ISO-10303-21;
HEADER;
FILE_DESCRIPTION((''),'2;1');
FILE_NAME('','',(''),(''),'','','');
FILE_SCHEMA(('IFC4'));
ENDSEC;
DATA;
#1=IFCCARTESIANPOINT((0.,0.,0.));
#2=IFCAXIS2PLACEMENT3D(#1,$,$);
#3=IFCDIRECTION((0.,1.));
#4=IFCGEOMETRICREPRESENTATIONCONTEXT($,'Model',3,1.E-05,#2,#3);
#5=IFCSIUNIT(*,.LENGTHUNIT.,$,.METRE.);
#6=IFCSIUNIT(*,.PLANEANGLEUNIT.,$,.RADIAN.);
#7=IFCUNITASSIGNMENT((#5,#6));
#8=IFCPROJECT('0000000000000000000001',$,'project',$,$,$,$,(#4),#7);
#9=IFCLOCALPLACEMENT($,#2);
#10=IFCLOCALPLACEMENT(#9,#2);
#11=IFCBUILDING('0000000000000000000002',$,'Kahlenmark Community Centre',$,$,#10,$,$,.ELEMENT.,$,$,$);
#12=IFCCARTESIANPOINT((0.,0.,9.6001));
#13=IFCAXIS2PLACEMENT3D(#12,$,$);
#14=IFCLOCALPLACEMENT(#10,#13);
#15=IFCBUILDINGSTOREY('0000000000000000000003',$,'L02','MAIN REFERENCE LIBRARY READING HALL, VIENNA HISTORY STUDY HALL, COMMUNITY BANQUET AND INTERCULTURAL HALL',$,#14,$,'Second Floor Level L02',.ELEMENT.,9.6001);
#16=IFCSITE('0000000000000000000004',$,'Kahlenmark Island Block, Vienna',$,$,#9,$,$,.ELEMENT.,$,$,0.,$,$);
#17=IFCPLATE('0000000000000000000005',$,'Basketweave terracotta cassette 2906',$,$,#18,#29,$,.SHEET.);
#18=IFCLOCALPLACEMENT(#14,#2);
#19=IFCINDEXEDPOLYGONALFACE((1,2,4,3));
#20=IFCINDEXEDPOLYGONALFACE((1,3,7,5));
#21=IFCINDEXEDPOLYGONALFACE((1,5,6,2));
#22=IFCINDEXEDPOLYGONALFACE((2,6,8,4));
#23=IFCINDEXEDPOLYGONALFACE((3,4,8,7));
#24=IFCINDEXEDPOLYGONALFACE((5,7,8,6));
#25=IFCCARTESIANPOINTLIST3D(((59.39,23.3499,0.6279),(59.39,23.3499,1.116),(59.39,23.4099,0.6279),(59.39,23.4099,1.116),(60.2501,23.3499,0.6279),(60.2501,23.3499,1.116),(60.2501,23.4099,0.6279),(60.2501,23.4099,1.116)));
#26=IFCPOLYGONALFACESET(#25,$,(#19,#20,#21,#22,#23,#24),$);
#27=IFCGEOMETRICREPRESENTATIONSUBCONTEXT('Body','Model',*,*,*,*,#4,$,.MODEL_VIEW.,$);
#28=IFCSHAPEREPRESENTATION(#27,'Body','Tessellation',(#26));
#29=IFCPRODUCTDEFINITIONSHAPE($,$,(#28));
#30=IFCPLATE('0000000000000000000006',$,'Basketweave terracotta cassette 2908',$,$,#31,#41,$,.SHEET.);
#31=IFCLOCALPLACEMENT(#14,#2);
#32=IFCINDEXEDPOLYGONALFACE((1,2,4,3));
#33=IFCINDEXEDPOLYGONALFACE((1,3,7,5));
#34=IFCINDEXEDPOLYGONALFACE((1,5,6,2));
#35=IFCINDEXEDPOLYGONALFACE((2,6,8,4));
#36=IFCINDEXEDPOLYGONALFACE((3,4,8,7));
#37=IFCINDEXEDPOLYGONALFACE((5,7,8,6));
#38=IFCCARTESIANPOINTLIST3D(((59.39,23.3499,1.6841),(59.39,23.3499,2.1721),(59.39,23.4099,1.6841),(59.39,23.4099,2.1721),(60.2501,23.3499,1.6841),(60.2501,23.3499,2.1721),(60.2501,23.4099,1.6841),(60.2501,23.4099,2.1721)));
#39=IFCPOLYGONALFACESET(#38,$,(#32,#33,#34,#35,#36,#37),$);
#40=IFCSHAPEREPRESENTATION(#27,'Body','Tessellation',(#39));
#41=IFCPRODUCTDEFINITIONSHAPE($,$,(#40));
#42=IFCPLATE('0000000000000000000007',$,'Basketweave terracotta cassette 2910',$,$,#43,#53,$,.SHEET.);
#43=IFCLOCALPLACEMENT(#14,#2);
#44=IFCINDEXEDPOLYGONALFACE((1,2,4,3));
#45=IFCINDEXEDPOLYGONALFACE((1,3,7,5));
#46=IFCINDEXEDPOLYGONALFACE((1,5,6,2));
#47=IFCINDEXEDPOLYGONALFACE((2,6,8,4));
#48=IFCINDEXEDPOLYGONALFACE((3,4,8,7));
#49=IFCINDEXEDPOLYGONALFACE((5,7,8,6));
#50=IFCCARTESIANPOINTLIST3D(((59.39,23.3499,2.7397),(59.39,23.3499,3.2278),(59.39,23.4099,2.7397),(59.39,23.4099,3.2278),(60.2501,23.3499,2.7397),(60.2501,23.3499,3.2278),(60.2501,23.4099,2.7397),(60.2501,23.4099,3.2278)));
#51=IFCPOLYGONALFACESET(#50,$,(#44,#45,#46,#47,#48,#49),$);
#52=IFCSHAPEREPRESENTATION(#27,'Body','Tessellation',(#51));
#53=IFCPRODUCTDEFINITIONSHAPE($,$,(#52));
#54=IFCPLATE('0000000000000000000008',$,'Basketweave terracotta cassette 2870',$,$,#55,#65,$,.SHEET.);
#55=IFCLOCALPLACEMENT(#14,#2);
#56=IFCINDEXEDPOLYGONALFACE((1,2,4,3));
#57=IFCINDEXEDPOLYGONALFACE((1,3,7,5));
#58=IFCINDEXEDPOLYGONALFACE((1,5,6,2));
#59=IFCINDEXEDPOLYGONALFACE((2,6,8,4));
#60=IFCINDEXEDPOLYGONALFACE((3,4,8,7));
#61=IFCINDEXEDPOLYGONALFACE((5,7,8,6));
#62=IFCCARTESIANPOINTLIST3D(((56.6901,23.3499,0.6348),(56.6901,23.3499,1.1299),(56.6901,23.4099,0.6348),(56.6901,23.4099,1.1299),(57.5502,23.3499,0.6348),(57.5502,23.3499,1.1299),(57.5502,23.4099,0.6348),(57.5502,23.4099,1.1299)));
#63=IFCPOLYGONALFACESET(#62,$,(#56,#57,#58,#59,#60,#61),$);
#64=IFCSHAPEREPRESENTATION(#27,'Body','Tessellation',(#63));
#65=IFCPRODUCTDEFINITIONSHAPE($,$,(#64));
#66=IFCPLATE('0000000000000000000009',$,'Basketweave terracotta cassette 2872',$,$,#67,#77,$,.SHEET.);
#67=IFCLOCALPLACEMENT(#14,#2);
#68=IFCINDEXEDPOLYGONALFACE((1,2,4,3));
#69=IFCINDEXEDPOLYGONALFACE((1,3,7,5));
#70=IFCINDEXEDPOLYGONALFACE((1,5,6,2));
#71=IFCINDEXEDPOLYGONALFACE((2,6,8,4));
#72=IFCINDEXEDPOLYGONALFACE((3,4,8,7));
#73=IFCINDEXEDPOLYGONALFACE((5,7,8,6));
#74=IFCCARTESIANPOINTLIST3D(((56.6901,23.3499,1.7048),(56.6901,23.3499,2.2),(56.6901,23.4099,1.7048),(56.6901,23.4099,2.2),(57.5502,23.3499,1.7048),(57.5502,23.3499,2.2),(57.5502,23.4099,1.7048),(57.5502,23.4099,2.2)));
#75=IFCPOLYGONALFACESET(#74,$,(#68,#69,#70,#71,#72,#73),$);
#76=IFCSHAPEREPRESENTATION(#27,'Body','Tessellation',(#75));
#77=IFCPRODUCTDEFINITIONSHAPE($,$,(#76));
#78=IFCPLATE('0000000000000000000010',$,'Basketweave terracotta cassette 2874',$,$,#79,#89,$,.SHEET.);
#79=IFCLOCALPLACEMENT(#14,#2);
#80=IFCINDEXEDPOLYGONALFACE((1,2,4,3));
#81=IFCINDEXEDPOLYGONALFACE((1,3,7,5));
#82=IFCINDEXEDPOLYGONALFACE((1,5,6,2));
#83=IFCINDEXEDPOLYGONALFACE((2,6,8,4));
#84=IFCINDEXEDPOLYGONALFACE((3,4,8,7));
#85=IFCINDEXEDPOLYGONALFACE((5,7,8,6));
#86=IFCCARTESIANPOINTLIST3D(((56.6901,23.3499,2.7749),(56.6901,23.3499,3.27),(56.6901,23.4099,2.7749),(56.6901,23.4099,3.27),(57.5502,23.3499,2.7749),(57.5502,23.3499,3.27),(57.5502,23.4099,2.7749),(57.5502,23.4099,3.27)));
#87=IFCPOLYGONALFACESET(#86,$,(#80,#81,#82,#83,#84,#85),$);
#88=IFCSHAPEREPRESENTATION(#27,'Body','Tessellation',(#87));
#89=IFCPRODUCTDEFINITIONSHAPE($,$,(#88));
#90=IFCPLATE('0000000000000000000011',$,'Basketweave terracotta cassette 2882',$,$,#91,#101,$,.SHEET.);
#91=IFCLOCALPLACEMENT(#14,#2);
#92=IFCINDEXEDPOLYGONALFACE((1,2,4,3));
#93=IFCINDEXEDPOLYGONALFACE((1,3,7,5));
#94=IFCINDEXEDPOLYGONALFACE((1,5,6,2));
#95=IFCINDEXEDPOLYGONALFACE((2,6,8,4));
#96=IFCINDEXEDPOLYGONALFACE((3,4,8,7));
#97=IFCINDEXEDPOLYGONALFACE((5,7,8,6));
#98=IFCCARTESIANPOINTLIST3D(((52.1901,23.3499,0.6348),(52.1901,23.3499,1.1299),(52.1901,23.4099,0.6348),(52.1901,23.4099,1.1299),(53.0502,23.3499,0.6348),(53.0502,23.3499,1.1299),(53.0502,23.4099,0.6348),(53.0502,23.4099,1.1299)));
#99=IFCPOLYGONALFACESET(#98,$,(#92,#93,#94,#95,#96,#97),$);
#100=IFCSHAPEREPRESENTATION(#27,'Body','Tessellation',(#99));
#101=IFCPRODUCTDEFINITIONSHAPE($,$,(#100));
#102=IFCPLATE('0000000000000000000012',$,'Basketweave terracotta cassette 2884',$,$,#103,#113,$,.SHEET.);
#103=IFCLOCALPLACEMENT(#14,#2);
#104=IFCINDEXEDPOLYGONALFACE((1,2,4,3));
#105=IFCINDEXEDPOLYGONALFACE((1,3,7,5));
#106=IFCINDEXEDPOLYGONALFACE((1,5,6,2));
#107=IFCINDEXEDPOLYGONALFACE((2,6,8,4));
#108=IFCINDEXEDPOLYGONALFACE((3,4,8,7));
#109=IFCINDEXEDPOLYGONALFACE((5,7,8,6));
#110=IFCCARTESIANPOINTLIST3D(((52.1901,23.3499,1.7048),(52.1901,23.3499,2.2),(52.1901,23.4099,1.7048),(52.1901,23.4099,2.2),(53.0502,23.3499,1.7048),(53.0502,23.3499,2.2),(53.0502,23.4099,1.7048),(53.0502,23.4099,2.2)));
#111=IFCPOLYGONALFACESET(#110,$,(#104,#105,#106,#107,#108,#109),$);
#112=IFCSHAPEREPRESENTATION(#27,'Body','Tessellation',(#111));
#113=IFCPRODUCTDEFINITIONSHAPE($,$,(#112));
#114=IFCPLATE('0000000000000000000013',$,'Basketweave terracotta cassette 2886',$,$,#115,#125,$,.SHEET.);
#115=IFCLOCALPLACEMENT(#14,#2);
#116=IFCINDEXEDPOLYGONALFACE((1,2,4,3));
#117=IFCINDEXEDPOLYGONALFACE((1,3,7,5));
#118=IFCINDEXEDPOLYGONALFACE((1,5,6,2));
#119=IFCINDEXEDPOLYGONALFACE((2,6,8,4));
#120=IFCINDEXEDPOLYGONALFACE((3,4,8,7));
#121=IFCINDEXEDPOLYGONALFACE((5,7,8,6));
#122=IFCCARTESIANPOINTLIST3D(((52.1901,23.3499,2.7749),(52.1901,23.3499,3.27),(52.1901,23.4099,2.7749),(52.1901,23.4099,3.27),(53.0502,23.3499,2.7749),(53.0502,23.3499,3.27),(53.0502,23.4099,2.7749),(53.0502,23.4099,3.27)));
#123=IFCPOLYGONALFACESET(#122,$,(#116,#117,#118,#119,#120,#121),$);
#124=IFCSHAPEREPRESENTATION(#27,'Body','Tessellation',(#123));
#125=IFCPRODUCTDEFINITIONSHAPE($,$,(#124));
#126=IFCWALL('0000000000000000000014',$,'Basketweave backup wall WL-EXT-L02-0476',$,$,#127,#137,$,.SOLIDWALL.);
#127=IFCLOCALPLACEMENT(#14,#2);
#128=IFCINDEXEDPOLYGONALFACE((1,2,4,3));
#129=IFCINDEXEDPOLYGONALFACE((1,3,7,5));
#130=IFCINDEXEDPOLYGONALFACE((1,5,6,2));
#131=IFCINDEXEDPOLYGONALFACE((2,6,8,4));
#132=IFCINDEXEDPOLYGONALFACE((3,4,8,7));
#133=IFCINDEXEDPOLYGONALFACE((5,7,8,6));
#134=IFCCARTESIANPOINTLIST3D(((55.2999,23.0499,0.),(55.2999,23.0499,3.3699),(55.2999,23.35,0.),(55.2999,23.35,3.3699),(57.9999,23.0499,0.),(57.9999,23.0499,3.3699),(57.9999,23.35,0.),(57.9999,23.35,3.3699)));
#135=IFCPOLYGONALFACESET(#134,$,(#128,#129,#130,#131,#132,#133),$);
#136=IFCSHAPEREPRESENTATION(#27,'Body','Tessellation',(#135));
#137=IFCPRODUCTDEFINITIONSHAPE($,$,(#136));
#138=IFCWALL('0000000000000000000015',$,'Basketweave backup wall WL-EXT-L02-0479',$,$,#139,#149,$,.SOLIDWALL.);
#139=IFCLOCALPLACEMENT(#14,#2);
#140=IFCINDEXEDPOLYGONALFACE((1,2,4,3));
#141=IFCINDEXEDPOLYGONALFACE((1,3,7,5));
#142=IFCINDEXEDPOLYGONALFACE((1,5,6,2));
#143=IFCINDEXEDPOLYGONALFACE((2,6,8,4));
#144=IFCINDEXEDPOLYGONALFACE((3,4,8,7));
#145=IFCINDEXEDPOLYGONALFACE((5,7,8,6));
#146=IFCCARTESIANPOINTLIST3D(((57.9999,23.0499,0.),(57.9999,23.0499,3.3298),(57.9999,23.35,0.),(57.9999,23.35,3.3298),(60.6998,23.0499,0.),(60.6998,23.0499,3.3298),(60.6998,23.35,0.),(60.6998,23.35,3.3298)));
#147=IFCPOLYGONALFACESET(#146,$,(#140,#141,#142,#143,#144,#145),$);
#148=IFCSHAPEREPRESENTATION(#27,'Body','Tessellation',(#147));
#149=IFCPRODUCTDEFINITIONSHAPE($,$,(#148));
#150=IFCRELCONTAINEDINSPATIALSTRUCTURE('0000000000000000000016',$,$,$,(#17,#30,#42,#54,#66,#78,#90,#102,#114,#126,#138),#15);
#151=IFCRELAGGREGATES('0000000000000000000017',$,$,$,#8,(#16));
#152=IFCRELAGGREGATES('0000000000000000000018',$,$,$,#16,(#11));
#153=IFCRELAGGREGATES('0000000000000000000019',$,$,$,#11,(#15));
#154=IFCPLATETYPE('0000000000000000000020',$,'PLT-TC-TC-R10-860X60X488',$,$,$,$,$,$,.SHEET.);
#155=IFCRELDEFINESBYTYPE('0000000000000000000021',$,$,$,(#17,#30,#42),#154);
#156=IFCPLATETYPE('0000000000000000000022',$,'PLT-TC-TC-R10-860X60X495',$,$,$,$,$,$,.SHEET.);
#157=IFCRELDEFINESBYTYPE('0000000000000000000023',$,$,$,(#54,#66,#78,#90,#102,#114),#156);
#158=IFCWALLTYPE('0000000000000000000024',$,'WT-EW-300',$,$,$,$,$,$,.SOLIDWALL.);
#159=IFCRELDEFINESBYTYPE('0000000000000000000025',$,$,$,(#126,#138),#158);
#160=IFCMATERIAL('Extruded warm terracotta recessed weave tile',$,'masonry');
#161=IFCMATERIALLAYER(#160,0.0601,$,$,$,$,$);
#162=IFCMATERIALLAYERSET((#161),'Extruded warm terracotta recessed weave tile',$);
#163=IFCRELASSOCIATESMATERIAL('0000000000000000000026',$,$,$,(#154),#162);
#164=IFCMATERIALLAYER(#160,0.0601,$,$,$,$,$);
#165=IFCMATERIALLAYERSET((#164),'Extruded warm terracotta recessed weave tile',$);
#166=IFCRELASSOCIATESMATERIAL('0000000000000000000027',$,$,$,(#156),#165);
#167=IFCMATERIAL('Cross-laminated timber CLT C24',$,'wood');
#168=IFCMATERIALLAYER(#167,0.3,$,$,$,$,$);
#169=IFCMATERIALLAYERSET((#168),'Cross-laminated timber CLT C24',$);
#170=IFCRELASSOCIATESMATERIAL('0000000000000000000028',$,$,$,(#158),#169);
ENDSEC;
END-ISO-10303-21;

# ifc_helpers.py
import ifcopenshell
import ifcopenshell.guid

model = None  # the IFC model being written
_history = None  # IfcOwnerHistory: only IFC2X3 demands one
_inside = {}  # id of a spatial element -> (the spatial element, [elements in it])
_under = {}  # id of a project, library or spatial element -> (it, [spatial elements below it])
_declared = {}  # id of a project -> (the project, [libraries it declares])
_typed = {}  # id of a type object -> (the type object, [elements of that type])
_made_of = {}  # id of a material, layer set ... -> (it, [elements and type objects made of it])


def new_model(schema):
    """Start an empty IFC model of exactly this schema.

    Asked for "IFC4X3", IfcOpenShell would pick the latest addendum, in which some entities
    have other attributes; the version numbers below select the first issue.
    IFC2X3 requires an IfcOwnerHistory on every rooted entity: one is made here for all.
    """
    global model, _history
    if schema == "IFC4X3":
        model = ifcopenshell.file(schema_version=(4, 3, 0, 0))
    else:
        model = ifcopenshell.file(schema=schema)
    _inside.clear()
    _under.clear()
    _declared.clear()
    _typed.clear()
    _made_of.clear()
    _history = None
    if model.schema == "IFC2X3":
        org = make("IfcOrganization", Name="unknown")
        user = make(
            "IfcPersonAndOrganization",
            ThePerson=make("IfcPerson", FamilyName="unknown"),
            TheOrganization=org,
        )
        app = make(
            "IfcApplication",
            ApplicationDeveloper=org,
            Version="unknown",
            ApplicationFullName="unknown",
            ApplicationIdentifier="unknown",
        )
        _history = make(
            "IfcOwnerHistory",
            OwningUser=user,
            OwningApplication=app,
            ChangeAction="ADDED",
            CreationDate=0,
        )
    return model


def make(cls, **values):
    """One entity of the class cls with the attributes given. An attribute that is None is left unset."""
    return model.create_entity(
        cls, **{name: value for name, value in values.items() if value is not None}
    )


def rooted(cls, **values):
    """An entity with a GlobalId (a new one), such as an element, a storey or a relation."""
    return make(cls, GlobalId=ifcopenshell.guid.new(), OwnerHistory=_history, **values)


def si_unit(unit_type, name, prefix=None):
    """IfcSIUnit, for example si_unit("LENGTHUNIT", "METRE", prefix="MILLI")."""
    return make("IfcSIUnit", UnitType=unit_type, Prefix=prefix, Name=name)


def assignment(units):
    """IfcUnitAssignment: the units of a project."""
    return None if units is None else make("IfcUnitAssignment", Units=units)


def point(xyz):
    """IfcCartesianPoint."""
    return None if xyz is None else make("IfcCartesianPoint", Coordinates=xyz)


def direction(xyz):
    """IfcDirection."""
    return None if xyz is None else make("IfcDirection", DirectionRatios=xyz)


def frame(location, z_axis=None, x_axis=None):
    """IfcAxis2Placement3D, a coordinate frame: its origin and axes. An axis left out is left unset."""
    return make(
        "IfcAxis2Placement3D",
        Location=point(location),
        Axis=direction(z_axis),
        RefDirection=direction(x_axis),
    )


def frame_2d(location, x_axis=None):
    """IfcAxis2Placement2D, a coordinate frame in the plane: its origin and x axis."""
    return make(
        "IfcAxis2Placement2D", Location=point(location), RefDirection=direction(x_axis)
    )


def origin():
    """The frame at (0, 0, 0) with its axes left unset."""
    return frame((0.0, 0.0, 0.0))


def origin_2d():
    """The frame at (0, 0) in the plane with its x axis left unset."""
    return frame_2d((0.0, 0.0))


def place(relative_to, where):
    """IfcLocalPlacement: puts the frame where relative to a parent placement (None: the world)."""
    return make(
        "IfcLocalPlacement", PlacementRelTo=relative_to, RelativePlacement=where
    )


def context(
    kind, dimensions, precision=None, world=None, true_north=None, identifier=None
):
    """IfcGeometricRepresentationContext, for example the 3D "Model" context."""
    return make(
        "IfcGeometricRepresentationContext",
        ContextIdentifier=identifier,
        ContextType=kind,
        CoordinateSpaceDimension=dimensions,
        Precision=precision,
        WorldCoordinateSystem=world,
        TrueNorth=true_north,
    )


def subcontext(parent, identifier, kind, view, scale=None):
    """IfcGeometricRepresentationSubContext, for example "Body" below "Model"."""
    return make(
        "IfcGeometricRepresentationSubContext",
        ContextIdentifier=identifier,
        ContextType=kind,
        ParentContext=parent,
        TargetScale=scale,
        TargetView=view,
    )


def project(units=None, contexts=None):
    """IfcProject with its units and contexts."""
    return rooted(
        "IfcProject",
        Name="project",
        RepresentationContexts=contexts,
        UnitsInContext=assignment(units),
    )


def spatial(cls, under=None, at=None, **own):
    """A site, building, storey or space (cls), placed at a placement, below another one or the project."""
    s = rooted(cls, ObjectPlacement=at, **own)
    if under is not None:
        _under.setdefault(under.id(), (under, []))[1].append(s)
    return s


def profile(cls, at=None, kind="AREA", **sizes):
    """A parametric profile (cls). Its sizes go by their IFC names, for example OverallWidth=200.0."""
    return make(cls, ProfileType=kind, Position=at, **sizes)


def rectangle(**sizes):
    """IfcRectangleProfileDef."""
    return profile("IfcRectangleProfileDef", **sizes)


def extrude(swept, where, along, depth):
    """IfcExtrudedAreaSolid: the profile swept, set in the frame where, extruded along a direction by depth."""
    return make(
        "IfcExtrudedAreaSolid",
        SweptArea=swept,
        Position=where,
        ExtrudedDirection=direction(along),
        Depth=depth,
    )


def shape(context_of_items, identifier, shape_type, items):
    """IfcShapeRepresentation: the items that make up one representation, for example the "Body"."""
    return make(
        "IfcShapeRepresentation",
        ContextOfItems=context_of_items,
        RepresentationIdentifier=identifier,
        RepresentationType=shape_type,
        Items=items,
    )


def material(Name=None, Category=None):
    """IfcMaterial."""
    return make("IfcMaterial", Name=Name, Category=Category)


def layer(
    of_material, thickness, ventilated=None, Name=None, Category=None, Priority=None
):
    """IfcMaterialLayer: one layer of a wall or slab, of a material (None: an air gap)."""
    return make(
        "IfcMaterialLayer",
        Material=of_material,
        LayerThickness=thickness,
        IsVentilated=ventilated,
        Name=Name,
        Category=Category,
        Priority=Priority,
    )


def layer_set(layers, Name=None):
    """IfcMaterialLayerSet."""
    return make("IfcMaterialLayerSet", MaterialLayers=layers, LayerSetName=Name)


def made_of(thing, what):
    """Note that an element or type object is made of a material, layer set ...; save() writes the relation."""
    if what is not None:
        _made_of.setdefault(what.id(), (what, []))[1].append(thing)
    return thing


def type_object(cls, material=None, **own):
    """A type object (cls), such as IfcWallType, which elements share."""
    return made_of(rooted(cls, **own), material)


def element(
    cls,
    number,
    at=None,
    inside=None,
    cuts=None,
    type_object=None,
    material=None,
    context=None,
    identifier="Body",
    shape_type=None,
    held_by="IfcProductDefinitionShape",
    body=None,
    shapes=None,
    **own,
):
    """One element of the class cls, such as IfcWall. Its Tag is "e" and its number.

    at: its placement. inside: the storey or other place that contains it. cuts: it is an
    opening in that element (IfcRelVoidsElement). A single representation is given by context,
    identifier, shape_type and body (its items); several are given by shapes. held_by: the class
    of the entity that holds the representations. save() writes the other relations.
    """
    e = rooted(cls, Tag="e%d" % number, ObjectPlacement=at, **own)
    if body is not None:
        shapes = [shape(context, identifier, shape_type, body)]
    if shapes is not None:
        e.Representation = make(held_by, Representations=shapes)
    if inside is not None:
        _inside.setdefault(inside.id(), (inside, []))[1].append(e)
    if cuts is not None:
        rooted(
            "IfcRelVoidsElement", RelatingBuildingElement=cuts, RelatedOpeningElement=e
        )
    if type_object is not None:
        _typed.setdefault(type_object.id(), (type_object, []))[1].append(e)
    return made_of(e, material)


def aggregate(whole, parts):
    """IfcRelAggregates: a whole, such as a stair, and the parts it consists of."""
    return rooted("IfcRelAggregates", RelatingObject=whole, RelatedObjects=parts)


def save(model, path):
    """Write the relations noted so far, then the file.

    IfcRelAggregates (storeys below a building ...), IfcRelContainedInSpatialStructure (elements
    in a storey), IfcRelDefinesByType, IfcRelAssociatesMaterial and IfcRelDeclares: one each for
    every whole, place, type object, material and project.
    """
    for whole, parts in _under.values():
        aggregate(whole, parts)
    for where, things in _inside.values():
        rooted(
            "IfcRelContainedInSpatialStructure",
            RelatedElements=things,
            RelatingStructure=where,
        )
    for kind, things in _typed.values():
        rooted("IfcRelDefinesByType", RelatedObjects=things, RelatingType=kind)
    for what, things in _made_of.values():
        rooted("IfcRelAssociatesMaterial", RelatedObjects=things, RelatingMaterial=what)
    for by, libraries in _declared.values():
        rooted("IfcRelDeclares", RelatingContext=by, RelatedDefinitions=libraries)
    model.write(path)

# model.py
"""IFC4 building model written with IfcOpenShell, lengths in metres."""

from ifc_helpers import new_model, si_unit, direction, frame, frame_2d, origin, origin_2d, place, context, subcontext, project, spatial, rectangle, extrude, material, layer, layer_set, type_object, element, save


model = new_model("IFC4")

# Units and contexts
model_context = context("Model", 3, precision=1e-05, world=origin(), true_north=direction((0.0, 1.0)))
body_context = subcontext(model_context, "Body", "Model", "MODEL_VIEW")
ifc_project = project(units=[si_unit("LENGTHUNIT", "METRE"), si_unit("PLANEANGLEUNIT", "RADIAN")], contexts=[model_context])

# Site, building, storey
site_placement = place(None, origin())
site = spatial("IfcSite", under=ifc_project, at=site_placement, Name="Kahlenmark Island Block, Vienna", CompositionType="ELEMENT", RefElevation=0.0)
building_placement = place(site_placement, origin())
building = spatial("IfcBuilding", under=site, at=building_placement, Name="Kahlenmark Community Centre", CompositionType="ELEMENT")
storey_placement = place(building_placement, frame((0.0, 0.0, 9.6001)))
storey = spatial("IfcBuildingStorey", under=building, at=storey_placement, Name="L02", Description="MAIN REFERENCE LIBRARY READING HALL, VIENNA HISTORY STUDY HALL, COMMUNITY BANQUET AND INTERCULTURAL HALL", LongName="Second Floor Level L02", CompositionType="ELEMENT", Elevation=9.6001)

# Plates
ifc_material_1 = material(Name="Extruded warm terracotta recessed weave tile", Category="masonry")
ifc_layer_1 = layer(ifc_material_1, 0.0601)
ifc_layer_set_1 = layer_set([ifc_layer_1], Name="Extruded warm terracotta recessed weave tile")
plate_type_1 = type_object("IfcPlateType", Name="PLT-TC-TC-R10-860X60X488", PredefinedType="SHEET", material=ifc_layer_set_1)
for number, where, z_axis, x_axis, name in (
    (1, (59.8201, 23.3799, 0.6279), (0.0, 0.0, 1.0), (-1.0, 0.0, 0.0), "Basketweave terracotta cassette 2906"),
    (2, (59.8201, 23.3799, 1.6841), (0.0, 0.0, 1.0), (-1.0, 0.0, 0.0), "Basketweave terracotta cassette 2908"),
    (3, (59.8201, 23.3799, 2.7397), (0.0, 0.0, 1.0), (-1.0, 0.0, 0.0), "Basketweave terracotta cassette 2910"),
):
    element("IfcPlate", number, at=place(storey_placement, frame(where, z_axis=z_axis, x_axis=x_axis)), inside=storey, type_object=plate_type_1, Name=name, PredefinedType="SHEET", context=body_context, shape_type="SweptSolid", body=[
        extrude(rectangle(XDim=0.8601, YDim=0.0601, at=origin_2d()), origin(), (0.0, 0.0, 1.0), 0.488),
    ])
ifc_layer_2 = layer(ifc_material_1, 0.0601)
ifc_layer_set_2 = layer_set([ifc_layer_2], Name="Extruded warm terracotta recessed weave tile")
plate_type_2 = type_object("IfcPlateType", Name="PLT-TC-TC-R10-860X60X495", PredefinedType="SHEET", material=ifc_layer_set_2)
for number, where, z_axis, x_axis, name in (
    (4, (57.1201, 23.3799, 0.6348), (0.0, 0.0, 1.0), (-1.0, 0.0, 0.0), "Basketweave terracotta cassette 2870"),
    (5, (57.1201, 23.3799, 1.7048), (0.0, 0.0, 1.0), (-1.0, 0.0, 0.0), "Basketweave terracotta cassette 2872"),
    (6, (57.1201, 23.3799, 2.7749), (0.0, 0.0, 1.0), (-1.0, 0.0, 0.0), "Basketweave terracotta cassette 2874"),
    (7, (52.6201, 23.3799, 0.6348), (0.0, 0.0, 1.0), (-1.0, 0.0, 0.0), "Basketweave terracotta cassette 2882"),
    (8, (52.6201, 23.3799, 1.7048), (0.0, 0.0, 1.0), (-1.0, 0.0, 0.0), "Basketweave terracotta cassette 2884"),
    (9, (52.6201, 23.3799, 2.7749), (0.0, 0.0, 1.0), (-1.0, 0.0, 0.0), "Basketweave terracotta cassette 2886"),
):
    element("IfcPlate", number, at=place(storey_placement, frame(where, z_axis=z_axis, x_axis=x_axis)), inside=storey, type_object=plate_type_2, Name=name, PredefinedType="SHEET", context=body_context, shape_type="SweptSolid", body=[
        extrude(rectangle(XDim=0.8601, YDim=0.0601, at=origin_2d()), origin(), (0.0, 0.0, 1.0), 0.4951),
    ])

# Walls
ifc_material_2 = material(Name="Cross-laminated timber CLT C24", Category="wood")
ifc_layer_3 = layer(ifc_material_2, 0.3)
ifc_layer_set_3 = layer_set([ifc_layer_3], Name="Cross-laminated timber CLT C24")
wall_type = type_object("IfcWallType", Name="WT-EW-300", PredefinedType="SOLIDWALL", material=ifc_layer_set_3)
wall_1_placement = place(storey_placement, frame((58.0, 23.2, 0.0), z_axis=(0.0, 0.0, 1.0), x_axis=(-1.0, 0.0, 0.0)))
element("IfcWall", 10, at=wall_1_placement, inside=storey, type_object=wall_type, Name="Basketweave backup wall WL-EXT-L02-0476", PredefinedType="SOLIDWALL", context=body_context, shape_type="SweptSolid", body=[
    extrude(rectangle(XDim=2.7, YDim=0.3, at=frame_2d((1.3501, 0.0))), origin(), (0.0, 0.0, 1.0), 3.3699),
])
wall_2_placement = place(storey_placement, frame((60.7, 23.2, 0.0), z_axis=(0.0, 0.0, 1.0), x_axis=(-1.0, 0.0, 0.0)))
element("IfcWall", 11, at=wall_2_placement, inside=storey, type_object=wall_type, Name="Basketweave backup wall WL-EXT-L02-0479", PredefinedType="SOLIDWALL", context=body_context, shape_type="SweptSolid", body=[
    extrude(rectangle(XDim=2.7, YDim=0.3, at=frame_2d((1.3501, 0.0))), origin(), (0.0, 0.0, 1.0), 3.3298),
])

save(model, "model.ifc")
